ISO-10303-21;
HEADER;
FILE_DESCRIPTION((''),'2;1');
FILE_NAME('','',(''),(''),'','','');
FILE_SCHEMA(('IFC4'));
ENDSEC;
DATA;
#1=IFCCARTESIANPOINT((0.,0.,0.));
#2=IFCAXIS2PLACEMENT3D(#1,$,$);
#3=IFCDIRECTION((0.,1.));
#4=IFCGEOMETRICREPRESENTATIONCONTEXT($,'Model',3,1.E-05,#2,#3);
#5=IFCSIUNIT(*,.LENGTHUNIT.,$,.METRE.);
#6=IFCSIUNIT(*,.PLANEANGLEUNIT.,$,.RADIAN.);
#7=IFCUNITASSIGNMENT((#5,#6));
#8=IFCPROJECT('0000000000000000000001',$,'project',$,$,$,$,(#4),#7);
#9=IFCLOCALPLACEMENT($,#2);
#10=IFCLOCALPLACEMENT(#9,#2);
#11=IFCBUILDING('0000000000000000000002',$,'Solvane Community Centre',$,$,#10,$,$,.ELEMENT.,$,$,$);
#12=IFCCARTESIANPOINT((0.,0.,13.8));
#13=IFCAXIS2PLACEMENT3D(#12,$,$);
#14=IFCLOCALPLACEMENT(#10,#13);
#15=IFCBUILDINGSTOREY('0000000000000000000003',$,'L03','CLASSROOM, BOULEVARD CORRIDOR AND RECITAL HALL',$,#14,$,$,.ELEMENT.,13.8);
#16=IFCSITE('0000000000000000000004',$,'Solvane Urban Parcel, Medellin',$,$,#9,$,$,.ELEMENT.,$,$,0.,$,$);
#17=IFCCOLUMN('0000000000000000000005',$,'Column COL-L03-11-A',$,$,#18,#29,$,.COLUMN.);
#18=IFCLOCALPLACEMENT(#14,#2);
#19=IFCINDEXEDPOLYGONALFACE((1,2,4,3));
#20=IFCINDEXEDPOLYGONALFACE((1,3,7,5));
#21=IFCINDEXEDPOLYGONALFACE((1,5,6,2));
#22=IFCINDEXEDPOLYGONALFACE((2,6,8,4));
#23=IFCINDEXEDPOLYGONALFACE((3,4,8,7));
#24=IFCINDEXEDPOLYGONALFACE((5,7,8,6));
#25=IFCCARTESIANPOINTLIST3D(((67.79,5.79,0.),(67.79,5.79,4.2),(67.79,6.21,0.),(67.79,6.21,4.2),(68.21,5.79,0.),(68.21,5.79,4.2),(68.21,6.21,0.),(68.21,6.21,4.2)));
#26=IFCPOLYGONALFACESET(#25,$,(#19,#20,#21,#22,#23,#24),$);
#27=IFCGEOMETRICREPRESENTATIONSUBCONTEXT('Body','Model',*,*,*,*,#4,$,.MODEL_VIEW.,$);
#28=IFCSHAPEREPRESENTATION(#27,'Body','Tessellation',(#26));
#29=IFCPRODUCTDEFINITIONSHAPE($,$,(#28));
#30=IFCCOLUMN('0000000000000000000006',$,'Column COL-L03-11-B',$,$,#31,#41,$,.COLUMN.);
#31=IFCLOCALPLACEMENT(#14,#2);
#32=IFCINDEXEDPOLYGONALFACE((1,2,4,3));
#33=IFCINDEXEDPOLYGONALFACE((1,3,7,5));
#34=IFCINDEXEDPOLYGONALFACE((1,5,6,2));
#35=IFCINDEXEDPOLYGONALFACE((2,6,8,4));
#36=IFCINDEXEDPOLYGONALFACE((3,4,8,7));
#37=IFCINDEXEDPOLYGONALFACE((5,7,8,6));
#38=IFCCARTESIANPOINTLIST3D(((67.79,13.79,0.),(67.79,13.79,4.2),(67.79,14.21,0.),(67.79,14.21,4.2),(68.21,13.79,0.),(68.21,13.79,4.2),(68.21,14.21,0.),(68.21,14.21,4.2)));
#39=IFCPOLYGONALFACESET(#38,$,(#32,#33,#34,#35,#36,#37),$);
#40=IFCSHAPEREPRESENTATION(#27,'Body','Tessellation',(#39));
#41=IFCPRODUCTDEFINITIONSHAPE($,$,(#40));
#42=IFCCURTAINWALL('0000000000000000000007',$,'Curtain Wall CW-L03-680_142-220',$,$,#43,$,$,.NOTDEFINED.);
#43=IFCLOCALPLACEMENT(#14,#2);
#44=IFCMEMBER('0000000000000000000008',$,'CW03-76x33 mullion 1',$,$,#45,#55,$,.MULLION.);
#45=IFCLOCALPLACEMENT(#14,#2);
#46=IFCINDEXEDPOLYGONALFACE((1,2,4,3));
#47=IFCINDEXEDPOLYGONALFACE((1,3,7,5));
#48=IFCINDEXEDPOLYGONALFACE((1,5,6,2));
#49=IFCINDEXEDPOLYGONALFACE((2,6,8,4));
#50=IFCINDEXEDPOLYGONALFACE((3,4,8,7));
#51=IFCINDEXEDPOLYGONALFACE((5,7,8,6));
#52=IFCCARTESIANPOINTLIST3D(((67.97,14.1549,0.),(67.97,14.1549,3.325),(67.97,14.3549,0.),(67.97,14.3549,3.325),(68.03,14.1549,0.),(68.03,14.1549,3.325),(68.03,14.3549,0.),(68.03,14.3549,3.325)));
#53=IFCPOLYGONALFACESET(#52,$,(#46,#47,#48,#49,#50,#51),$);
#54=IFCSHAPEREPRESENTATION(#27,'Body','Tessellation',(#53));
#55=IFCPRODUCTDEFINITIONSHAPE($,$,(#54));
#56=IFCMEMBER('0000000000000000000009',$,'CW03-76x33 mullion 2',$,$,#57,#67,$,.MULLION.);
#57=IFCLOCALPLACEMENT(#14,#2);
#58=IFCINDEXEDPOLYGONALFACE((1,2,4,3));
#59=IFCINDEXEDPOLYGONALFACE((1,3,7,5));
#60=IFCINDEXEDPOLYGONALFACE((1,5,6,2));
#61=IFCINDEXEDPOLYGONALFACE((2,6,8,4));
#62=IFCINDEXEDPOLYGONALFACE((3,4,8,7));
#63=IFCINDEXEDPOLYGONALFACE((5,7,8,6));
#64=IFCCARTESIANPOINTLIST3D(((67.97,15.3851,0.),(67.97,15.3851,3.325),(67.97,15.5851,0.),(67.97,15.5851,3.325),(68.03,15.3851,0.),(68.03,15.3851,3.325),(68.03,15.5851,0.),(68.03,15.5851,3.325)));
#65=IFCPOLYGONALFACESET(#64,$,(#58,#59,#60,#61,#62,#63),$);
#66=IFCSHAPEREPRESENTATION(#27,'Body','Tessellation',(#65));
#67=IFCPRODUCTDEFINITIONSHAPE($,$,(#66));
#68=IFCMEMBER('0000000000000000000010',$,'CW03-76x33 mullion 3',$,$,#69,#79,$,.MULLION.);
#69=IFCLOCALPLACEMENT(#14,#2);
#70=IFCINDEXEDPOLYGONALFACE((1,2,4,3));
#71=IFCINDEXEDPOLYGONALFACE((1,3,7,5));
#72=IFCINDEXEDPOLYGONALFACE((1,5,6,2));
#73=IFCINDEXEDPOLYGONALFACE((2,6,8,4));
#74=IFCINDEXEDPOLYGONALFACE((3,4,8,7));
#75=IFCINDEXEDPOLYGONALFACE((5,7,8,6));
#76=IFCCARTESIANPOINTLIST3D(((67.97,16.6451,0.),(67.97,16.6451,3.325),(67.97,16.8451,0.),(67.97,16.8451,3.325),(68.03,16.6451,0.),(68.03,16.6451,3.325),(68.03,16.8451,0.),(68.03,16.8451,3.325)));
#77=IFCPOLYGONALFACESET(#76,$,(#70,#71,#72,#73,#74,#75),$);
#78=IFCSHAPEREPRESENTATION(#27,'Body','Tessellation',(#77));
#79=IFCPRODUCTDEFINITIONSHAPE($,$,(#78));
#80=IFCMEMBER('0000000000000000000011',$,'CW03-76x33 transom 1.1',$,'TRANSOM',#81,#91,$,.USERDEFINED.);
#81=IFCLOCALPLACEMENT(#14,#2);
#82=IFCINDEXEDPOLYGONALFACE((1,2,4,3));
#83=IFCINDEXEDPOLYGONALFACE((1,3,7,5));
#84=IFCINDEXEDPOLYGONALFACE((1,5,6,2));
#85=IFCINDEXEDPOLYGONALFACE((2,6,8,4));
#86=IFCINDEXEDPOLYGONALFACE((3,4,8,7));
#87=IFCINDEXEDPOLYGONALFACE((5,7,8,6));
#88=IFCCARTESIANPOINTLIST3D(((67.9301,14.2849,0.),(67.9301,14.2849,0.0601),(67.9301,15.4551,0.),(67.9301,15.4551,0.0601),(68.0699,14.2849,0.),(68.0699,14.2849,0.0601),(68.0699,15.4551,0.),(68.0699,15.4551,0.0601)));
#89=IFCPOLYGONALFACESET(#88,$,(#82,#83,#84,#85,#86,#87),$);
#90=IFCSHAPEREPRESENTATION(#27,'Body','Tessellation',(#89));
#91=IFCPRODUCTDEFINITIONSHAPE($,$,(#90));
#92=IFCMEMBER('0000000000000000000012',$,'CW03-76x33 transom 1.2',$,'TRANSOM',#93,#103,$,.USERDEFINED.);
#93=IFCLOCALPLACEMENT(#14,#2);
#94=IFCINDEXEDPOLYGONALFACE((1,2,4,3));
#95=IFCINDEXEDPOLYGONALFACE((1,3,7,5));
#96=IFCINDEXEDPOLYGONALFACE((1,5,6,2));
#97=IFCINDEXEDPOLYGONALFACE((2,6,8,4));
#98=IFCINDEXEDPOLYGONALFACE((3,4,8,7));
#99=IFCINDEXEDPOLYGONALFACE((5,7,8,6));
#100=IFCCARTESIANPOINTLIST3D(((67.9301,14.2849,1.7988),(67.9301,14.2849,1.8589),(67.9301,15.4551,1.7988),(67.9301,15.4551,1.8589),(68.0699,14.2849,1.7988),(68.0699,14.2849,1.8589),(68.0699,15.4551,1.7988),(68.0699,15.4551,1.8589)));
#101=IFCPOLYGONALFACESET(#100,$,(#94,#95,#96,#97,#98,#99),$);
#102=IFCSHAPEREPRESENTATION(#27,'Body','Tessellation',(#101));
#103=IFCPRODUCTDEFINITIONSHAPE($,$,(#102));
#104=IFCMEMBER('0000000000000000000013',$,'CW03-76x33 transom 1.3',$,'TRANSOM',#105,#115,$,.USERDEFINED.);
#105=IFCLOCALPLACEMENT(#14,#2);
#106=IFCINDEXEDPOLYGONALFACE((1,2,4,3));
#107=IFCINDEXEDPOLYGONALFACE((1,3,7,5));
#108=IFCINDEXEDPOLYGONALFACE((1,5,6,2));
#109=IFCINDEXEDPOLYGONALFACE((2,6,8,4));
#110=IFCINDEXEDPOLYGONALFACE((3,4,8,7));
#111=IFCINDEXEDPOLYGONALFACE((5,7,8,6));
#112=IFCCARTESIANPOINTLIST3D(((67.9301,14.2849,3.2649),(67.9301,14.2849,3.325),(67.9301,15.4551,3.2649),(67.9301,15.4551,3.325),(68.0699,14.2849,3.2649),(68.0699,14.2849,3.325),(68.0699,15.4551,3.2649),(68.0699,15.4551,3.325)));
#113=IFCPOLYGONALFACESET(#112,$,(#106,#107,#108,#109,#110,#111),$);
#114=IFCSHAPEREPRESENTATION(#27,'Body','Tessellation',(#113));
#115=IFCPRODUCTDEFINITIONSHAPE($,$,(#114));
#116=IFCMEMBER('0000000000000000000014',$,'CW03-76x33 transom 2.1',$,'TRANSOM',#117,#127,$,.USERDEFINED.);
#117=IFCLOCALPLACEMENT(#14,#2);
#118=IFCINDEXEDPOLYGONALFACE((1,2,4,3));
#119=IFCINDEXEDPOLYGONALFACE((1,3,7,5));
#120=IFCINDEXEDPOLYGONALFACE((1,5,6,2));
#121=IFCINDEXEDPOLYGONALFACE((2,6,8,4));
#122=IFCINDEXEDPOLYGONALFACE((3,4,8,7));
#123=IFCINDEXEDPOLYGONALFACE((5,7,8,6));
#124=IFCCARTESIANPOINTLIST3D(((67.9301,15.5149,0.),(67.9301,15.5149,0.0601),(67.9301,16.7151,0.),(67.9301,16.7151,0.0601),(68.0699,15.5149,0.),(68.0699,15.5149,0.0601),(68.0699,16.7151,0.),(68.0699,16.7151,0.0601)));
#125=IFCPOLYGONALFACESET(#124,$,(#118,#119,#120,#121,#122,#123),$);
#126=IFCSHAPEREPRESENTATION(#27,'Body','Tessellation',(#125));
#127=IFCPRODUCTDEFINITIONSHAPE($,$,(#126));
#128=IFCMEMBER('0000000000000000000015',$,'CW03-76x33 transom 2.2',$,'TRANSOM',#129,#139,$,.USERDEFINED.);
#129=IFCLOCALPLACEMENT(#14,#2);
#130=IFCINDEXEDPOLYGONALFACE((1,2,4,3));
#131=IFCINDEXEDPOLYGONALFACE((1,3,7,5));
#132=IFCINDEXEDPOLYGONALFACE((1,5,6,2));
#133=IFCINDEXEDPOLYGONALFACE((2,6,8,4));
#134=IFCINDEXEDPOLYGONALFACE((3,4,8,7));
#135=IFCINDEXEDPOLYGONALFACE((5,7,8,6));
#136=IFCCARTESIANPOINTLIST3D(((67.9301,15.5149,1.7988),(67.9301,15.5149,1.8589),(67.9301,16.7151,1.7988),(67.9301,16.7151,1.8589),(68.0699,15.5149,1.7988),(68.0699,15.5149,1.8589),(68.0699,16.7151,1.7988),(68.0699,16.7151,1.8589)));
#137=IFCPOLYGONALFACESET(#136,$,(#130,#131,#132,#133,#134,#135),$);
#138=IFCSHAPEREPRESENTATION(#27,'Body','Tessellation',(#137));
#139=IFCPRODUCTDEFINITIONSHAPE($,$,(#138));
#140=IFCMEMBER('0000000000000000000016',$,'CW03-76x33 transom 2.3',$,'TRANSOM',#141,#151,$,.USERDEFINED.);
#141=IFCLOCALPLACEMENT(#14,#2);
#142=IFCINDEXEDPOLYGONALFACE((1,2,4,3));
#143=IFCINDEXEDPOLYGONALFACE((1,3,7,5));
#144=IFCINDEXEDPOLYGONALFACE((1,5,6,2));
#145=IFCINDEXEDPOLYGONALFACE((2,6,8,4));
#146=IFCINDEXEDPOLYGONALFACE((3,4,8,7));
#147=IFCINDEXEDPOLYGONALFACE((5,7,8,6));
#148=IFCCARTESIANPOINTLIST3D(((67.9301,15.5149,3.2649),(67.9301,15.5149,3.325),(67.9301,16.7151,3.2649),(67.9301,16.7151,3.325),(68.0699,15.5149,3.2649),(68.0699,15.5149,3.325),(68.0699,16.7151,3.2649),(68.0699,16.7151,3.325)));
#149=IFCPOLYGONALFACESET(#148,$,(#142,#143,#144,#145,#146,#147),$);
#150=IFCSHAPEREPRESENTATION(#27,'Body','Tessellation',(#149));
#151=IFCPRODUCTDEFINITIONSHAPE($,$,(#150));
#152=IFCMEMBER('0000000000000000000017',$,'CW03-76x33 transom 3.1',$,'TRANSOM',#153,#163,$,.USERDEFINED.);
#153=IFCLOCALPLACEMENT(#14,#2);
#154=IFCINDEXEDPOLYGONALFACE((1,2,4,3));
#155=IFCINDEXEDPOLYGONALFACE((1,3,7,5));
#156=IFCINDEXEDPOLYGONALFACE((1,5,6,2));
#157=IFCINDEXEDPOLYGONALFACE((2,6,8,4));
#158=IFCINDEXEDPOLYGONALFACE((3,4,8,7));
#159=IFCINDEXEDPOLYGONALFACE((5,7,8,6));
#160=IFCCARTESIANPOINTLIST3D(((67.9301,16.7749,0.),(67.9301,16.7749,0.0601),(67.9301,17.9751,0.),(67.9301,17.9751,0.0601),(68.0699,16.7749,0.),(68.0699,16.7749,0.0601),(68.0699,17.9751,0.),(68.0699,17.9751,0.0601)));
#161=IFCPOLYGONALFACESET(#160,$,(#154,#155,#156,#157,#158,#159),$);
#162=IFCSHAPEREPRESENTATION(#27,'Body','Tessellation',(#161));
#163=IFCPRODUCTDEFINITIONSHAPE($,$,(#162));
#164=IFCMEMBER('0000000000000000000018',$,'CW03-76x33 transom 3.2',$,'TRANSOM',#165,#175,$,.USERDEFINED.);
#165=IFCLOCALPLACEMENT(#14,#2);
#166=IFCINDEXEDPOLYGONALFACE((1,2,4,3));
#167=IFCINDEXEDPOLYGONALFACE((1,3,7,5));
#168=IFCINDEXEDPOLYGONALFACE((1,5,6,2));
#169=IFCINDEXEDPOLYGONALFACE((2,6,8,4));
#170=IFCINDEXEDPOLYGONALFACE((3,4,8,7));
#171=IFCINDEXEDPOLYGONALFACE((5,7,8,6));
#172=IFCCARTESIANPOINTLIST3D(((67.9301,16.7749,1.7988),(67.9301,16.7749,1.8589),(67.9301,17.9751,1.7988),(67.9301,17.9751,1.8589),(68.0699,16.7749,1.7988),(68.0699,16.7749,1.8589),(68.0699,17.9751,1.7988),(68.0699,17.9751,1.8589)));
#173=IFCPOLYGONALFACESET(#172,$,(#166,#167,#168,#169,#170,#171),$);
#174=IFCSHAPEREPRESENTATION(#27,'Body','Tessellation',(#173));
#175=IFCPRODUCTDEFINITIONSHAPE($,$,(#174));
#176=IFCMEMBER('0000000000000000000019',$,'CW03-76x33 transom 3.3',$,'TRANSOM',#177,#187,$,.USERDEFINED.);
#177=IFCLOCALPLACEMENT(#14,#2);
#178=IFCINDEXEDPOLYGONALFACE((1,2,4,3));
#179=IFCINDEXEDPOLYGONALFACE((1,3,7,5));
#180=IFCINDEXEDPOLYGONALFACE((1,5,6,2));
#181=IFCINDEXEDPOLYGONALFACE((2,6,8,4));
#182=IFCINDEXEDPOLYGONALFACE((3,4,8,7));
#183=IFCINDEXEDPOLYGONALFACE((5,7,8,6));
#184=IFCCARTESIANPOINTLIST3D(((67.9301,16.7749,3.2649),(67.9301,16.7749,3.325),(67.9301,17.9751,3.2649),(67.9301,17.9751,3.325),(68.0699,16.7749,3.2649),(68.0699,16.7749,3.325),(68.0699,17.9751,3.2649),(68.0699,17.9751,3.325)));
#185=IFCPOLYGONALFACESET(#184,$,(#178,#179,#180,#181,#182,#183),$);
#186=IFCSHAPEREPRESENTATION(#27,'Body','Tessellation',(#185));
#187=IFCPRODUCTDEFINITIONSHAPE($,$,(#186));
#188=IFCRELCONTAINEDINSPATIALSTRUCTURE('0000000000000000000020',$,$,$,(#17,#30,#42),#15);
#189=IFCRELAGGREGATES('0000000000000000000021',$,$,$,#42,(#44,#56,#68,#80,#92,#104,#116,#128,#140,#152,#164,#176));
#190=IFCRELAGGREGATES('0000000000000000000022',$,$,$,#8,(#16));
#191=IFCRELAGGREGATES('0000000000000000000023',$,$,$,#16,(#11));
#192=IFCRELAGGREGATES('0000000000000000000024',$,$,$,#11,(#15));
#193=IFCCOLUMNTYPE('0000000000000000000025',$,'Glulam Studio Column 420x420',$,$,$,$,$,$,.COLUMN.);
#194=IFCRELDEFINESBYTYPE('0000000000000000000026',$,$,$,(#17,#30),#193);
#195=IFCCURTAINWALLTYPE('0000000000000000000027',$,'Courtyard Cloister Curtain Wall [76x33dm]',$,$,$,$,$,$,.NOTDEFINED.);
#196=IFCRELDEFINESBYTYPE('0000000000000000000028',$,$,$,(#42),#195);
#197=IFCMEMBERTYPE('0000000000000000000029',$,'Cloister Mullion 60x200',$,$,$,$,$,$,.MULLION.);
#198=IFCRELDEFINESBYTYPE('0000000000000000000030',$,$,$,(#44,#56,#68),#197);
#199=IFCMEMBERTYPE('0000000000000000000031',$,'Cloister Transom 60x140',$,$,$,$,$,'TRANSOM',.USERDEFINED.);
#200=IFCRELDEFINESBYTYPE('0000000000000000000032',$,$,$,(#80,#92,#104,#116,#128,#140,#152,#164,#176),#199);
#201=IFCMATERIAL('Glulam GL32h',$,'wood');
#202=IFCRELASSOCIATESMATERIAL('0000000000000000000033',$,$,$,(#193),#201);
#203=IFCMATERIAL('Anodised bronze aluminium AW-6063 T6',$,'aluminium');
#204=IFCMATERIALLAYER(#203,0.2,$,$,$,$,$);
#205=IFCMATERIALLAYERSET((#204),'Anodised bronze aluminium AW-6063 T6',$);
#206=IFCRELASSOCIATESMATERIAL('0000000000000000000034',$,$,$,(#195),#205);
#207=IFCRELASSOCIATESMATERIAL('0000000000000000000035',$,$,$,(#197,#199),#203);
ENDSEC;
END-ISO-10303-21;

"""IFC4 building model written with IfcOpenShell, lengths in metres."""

from ifc_helpers import new_model, si_unit, direction, frame, origin, origin_2d, place, context, subcontext, project, spatial, rectangle, extrude, material, layer, layer_set, material_profile, profile_set, type_object, element, aggregate, save


model = new_model("IFC4")

# Units and contexts
model_context = context("Model", 3, precision=1e-05, world=origin(), true_north=direction((0.0, 1.0)))
body_context = subcontext(model_context, "Body", "Model", "MODEL_VIEW")
ifc_project = project(units=[si_unit("LENGTHUNIT", "METRE"), si_unit("PLANEANGLEUNIT", "RADIAN")], contexts=[model_context])

# Site, building, storey
site_placement = place(None, origin())
site = spatial("IfcSite", under=ifc_project, at=site_placement, Name="Solvane Urban Parcel, Medellin", CompositionType="ELEMENT", RefElevation=0.0)
building_placement = place(site_placement, origin())
building = spatial("IfcBuilding", under=site, at=building_placement, Name="Solvane Community Centre", CompositionType="ELEMENT")
storey_placement = place(building_placement, frame((0.0, 0.0, 13.8)))
storey = spatial("IfcBuildingStorey", under=building, at=storey_placement, Name="L03", Description="CLASSROOM, BOULEVARD CORRIDOR AND RECITAL HALL", CompositionType="ELEMENT", Elevation=13.8)

# Columns
ifc_material_1 = material(Name="Glulam GL32h", Category="wood")
ifc_material_profile_1 = material_profile(ifc_material_1, rectangle(XDim=0.4199, YDim=0.4199, at=origin_2d()), Name="GL32h 420x420")
ifc_profile_set_1 = profile_set([ifc_material_profile_1], Name="Glulam GL32h")
column_type = type_object("IfcColumnType", Name="Glulam Studio Column 420x420", PredefinedType="COLUMN", material=ifc_profile_set_1)
for number, where, z_axis, x_axis, name in (
    (1, (68.0, 6.0, 0.0), (0.0, 0.0, 1.0), (1.0, 0.0, 0.0), "Column COL-L03-11-A"),
    (2, (68.0, 14.0, 0.0), (0.0, 0.0, 1.0), (1.0, 0.0, 0.0), "Column COL-L03-11-B"),
):
    element("IfcColumn", number, at=place(storey_placement, frame(where, z_axis=z_axis, x_axis=x_axis)), inside=storey, type_object=column_type, Name=name, PredefinedType="COLUMN", context=body_context, shape_type="SweptSolid", body=[
        extrude(rectangle(XDim=0.4199, YDim=0.4199, at=origin_2d()), origin(), (0.0, 0.0, 1.0), 4.2),
    ])

# Curtain wall, members
ifc_material_2 = material(Name="Anodised bronze aluminium AW-6063 T6", Category="aluminium")
ifc_layer_1 = layer(ifc_material_2, 0.2)
ifc_layer_set_1 = layer_set([ifc_layer_1], Name="Anodised bronze aluminium AW-6063 T6")
curtain_wall_type = type_object("IfcCurtainWallType", Name="Courtyard Cloister Curtain Wall [76x33dm]", PredefinedType="NOTDEFINED", material=ifc_layer_set_1)
curtain_wall_placement = place(storey_placement, origin())
curtain_wall = element("IfcCurtainWall", 3, at=curtain_wall_placement, inside=storey, type_object=curtain_wall_type, Name="Curtain Wall CW-L03-680_142-220", PredefinedType="NOTDEFINED")
ifc_material_profile_2 = material_profile(ifc_material_2, rectangle(XDim=0.0601, YDim=0.2, at=origin_2d()), Name="CW-M 60x200")
ifc_profile_set_2 = profile_set([ifc_material_profile_2], Name="Anodised bronze aluminium AW-6063 T6")
member_type_1 = type_object("IfcMemberType", Name="Cloister Mullion 60x200", PredefinedType="MULLION", material=ifc_profile_set_2)
member_1_placement = place(storey_placement, frame((68.0, 14.2549, 0.0), z_axis=(0.0, 0.0, 1.0), x_axis=(-1.0, 0.0, 0.0)))
member_1 = element("IfcMember", 4, at=member_1_placement, type_object=member_type_1, Name="CW03-76x33 mullion 1", PredefinedType="MULLION", context=body_context, shape_type="SweptSolid", body=[
    extrude(rectangle(XDim=0.0601, YDim=0.2, at=origin_2d()), origin(), (0.0, 0.0, 1.0), 3.325),
])
member_2_placement = place(storey_placement, frame((68.0, 15.4851, 0.0), z_axis=(0.0, 0.0, 1.0), x_axis=(-1.0, 0.0, 0.0)))
member_2 = element("IfcMember", 5, at=member_2_placement, type_object=member_type_1, Name="CW03-76x33 mullion 2", PredefinedType="MULLION", context=body_context, shape_type="SweptSolid", body=[
    extrude(rectangle(XDim=0.0601, YDim=0.2, at=origin_2d()), origin(), (0.0, 0.0, 1.0), 3.325),
])
member_3_placement = place(storey_placement, frame((68.0, 16.7451, 0.0), z_axis=(0.0, 0.0, 1.0), x_axis=(-1.0, 0.0, 0.0)))
member_3 = element("IfcMember", 6, at=member_3_placement, type_object=member_type_1, Name="CW03-76x33 mullion 3", PredefinedType="MULLION", context=body_context, shape_type="SweptSolid", body=[
    extrude(rectangle(XDim=0.0601, YDim=0.2, at=origin_2d()), origin(), (0.0, 0.0, 1.0), 3.325),
])
ifc_material_profile_3 = material_profile(ifc_material_2, rectangle(XDim=0.1399, YDim=0.0601, at=origin_2d()), Name="CW-T 60x140")
ifc_profile_set_3 = profile_set([ifc_material_profile_3], Name="Anodised bronze aluminium AW-6063 T6")
member_type_2 = type_object("IfcMemberType", Name="Cloister Transom 60x140", ElementType="TRANSOM", PredefinedType="USERDEFINED", material=ifc_profile_set_3)
member_4_placement = place(storey_placement, frame((68.0, 14.2849, 0.03), z_axis=(0.0, 1.0, 0.0), x_axis=(-1.0, 0.0, 0.0)))
member_4 = element("IfcMember", 7, at=member_4_placement, type_object=member_type_2, Name="CW03-76x33 transom 1.1", ObjectType="TRANSOM", PredefinedType="USERDEFINED", context=body_context, shape_type="SweptSolid", body=[
    extrude(rectangle(XDim=0.1399, YDim=0.0601, at=origin_2d()), origin(), (0.0, 0.0, 1.0), 1.1702),
])
member_5_placement = place(storey_placement, frame((68.0, 14.2849, 1.8289), z_axis=(0.0, 1.0, 0.0), x_axis=(-1.0, 0.0, 0.0)))
member_5 = element("IfcMember", 8, at=member_5_placement, type_object=member_type_2, Name="CW03-76x33 transom 1.2", ObjectType="TRANSOM", PredefinedType="USERDEFINED", context=body_context, shape_type="SweptSolid", body=[
    extrude(rectangle(XDim=0.1399, YDim=0.0601, at=origin_2d()), origin(), (0.0, 0.0, 1.0), 1.1702),
])
member_6_placement = place(storey_placement, frame((68.0, 14.2849, 3.2949), z_axis=(0.0, 1.0, 0.0), x_axis=(-1.0, 0.0, 0.0)))
member_6 = element("IfcMember", 9, at=member_6_placement, type_object=member_type_2, Name="CW03-76x33 transom 1.3", ObjectType="TRANSOM", PredefinedType="USERDEFINED", context=body_context, shape_type="SweptSolid", body=[
    extrude(rectangle(XDim=0.1399, YDim=0.0601, at=origin_2d()), origin(), (0.0, 0.0, 1.0), 1.1702),
])
member_7_placement = place(storey_placement, frame((68.0, 15.5149, 0.03), z_axis=(0.0, 1.0, 0.0), x_axis=(-1.0, 0.0, 0.0)))
member_7 = element("IfcMember", 10, at=member_7_placement, type_object=member_type_2, Name="CW03-76x33 transom 2.1", ObjectType="TRANSOM", PredefinedType="USERDEFINED", context=body_context, shape_type="SweptSolid", body=[
    extrude(rectangle(XDim=0.1399, YDim=0.0601, at=origin_2d()), origin(), (0.0, 0.0, 1.0), 1.2002),
])
member_8_placement = place(storey_placement, frame((68.0, 15.5149, 1.8289), z_axis=(0.0, 1.0, 0.0), x_axis=(-1.0, 0.0, 0.0)))
member_8 = element("IfcMember", 11, at=member_8_placement, type_object=member_type_2, Name="CW03-76x33 transom 2.2", ObjectType="TRANSOM", PredefinedType="USERDEFINED", context=body_context, shape_type="SweptSolid", body=[
    extrude(rectangle(XDim=0.1399, YDim=0.0601, at=origin_2d()), origin(), (0.0, 0.0, 1.0), 1.2002),
])
member_9_placement = place(storey_placement, frame((68.0, 15.5149, 3.2949), z_axis=(0.0, 1.0, 0.0), x_axis=(-1.0, 0.0, 0.0)))
member_9 = element("IfcMember", 12, at=member_9_placement, type_object=member_type_2, Name="CW03-76x33 transom 2.3", ObjectType="TRANSOM", PredefinedType="USERDEFINED", context=body_context, shape_type="SweptSolid", body=[
    extrude(rectangle(XDim=0.1399, YDim=0.0601, at=origin_2d()), origin(), (0.0, 0.0, 1.0), 1.2002),
])
member_10_placement = place(storey_placement, frame((68.0, 16.7749, 0.03), z_axis=(0.0, 1.0, 0.0), x_axis=(-1.0, 0.0, 0.0)))
member_10 = element("IfcMember", 13, at=member_10_placement, type_object=member_type_2, Name="CW03-76x33 transom 3.1", ObjectType="TRANSOM", PredefinedType="USERDEFINED", context=body_context, shape_type="SweptSolid", body=[
    extrude(rectangle(XDim=0.1399, YDim=0.0601, at=origin_2d()), origin(), (0.0, 0.0, 1.0), 1.2002),
])
member_11_placement = place(storey_placement, frame((68.0, 16.7749, 1.8289), z_axis=(0.0, 1.0, 0.0), x_axis=(-1.0, 0.0, 0.0)))
member_11 = element("IfcMember", 14, at=member_11_placement, type_object=member_type_2, Name="CW03-76x33 transom 3.2", ObjectType="TRANSOM", PredefinedType="USERDEFINED", context=body_context, shape_type="SweptSolid", body=[
    extrude(rectangle(XDim=0.1399, YDim=0.0601, at=origin_2d()), origin(), (0.0, 0.0, 1.0), 1.2002),
])
member_12_placement = place(storey_placement, frame((68.0, 16.7749, 3.2949), z_axis=(0.0, 1.0, 0.0), x_axis=(-1.0, 0.0, 0.0)))
member_12 = element("IfcMember", 15, at=member_12_placement, type_object=member_type_2, Name="CW03-76x33 transom 3.3", ObjectType="TRANSOM", PredefinedType="USERDEFINED", context=body_context, shape_type="SweptSolid", body=[
    extrude(rectangle(XDim=0.1399, YDim=0.0601, at=origin_2d()), origin(), (0.0, 0.0, 1.0), 1.2002),
])

aggregate(curtain_wall, [member_1, member_2, member_3, member_4, member_5, member_6, member_7, member_8, member_9, member_10, member_11, member_12])

save(model, "model.ifc")
